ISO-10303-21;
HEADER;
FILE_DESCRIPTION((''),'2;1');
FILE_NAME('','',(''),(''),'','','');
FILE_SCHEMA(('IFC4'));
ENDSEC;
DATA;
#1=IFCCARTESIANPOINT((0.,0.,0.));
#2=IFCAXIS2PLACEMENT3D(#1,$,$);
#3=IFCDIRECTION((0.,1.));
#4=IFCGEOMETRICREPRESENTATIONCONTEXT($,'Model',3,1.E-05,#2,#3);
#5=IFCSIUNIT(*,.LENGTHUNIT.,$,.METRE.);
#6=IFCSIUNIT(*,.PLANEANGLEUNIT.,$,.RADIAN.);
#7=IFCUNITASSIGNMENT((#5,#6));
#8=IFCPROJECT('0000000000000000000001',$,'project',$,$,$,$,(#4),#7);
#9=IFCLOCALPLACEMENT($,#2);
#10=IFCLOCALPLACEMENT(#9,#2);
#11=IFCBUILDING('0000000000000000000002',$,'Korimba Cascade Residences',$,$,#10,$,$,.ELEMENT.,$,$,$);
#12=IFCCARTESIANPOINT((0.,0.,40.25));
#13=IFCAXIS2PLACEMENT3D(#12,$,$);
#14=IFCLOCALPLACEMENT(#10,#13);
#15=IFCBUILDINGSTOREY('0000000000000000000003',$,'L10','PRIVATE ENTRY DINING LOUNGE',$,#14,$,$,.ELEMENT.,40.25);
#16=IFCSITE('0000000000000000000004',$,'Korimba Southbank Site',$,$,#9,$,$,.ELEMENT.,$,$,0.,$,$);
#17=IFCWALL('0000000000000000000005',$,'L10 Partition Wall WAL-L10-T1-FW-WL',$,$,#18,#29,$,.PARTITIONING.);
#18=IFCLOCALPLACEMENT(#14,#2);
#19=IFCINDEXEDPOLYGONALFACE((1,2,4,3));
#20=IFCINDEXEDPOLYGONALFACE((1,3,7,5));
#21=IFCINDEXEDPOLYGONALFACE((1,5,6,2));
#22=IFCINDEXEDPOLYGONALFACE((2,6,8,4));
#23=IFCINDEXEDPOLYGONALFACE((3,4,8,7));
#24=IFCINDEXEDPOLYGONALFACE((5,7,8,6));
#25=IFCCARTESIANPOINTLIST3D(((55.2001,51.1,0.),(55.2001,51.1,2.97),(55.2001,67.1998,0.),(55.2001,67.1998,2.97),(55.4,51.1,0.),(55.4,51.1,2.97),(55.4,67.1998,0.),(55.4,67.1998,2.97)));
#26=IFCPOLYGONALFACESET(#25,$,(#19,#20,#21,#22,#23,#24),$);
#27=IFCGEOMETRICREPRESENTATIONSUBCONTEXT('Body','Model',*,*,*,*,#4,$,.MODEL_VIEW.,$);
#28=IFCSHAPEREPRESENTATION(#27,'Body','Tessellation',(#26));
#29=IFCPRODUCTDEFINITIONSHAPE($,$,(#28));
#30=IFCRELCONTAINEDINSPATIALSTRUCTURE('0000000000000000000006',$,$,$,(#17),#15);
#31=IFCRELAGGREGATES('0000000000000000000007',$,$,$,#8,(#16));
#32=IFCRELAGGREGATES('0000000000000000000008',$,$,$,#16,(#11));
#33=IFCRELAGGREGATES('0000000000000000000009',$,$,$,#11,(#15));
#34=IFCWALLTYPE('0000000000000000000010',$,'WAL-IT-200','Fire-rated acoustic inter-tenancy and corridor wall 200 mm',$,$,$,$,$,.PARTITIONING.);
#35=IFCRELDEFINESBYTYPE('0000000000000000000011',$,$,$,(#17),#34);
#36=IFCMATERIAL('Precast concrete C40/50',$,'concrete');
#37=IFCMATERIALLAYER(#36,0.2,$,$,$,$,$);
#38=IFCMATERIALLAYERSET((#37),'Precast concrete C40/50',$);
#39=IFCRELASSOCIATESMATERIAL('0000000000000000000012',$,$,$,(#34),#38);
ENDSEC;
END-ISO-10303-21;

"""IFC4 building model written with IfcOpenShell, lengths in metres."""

from ifc_helpers import new_model, si_unit, direction, frame, frame_2d, origin, place, context, subcontext, project, spatial, rectangle, extrude, material, layer, layer_set, type_object, element, save


model = new_model("IFC4")

# Units and contexts
model_context = context("Model", 3, precision=1e-05, world=origin(), true_north=direction((0.0, 1.0)))
body_context = subcontext(model_context, "Body", "Model", "MODEL_VIEW")
ifc_project = project(units=[si_unit("LENGTHUNIT", "METRE"), si_unit("PLANEANGLEUNIT", "RADIAN")], contexts=[model_context])

# Site, building, storey
site_placement = place(None, origin())
site = spatial("IfcSite", under=ifc_project, at=site_placement, Name="Korimba Southbank Site", CompositionType="ELEMENT", RefElevation=0.0)
building_placement = place(site_placement, origin())
building = spatial("IfcBuilding", under=site, at=building_placement, Name="Korimba Cascade Residences", CompositionType="ELEMENT")
storey_placement = place(building_placement, frame((0.0, 0.0, 40.25)))
storey = spatial("IfcBuildingStorey", under=building, at=storey_placement, Name="L10", Description="PRIVATE ENTRY DINING LOUNGE", CompositionType="ELEMENT", Elevation=40.25)

# Shared definitions
ifc_material_1 = material(Name="Precast concrete C40/50", Category="concrete")

# Wall
ifc_layer_1 = layer(ifc_material_1, 0.2)
ifc_layer_set_1 = layer_set([ifc_layer_1], Name="Precast concrete C40/50")
wall_type_1 = type_object("IfcWallType", Name="WAL-IT-200", Description="Fire-rated acoustic inter-tenancy and corridor wall 200 mm", PredefinedType="PARTITIONING", material=ifc_layer_set_1)
wall_1_placement = place(storey_placement, frame((55.3, 51.1001, 0.0), z_axis=(0.0, 0.0, 1.0), x_axis=(0.0, 1.0, 0.0)))
element("IfcWall", 1, at=wall_1_placement, inside=storey, type_object=wall_type_1, Name="L10 Partition Wall WAL-L10-T1-FW-WL", PredefinedType="PARTITIONING", context=body_context, shape_type="SweptSolid", body=[
    extrude(rectangle(XDim=16.0999, YDim=0.2, at=frame_2d((8.0498, 0.0))), origin(), (0.0, 0.0, 1.0), 2.97),
])

save(model, "model.ifc")
